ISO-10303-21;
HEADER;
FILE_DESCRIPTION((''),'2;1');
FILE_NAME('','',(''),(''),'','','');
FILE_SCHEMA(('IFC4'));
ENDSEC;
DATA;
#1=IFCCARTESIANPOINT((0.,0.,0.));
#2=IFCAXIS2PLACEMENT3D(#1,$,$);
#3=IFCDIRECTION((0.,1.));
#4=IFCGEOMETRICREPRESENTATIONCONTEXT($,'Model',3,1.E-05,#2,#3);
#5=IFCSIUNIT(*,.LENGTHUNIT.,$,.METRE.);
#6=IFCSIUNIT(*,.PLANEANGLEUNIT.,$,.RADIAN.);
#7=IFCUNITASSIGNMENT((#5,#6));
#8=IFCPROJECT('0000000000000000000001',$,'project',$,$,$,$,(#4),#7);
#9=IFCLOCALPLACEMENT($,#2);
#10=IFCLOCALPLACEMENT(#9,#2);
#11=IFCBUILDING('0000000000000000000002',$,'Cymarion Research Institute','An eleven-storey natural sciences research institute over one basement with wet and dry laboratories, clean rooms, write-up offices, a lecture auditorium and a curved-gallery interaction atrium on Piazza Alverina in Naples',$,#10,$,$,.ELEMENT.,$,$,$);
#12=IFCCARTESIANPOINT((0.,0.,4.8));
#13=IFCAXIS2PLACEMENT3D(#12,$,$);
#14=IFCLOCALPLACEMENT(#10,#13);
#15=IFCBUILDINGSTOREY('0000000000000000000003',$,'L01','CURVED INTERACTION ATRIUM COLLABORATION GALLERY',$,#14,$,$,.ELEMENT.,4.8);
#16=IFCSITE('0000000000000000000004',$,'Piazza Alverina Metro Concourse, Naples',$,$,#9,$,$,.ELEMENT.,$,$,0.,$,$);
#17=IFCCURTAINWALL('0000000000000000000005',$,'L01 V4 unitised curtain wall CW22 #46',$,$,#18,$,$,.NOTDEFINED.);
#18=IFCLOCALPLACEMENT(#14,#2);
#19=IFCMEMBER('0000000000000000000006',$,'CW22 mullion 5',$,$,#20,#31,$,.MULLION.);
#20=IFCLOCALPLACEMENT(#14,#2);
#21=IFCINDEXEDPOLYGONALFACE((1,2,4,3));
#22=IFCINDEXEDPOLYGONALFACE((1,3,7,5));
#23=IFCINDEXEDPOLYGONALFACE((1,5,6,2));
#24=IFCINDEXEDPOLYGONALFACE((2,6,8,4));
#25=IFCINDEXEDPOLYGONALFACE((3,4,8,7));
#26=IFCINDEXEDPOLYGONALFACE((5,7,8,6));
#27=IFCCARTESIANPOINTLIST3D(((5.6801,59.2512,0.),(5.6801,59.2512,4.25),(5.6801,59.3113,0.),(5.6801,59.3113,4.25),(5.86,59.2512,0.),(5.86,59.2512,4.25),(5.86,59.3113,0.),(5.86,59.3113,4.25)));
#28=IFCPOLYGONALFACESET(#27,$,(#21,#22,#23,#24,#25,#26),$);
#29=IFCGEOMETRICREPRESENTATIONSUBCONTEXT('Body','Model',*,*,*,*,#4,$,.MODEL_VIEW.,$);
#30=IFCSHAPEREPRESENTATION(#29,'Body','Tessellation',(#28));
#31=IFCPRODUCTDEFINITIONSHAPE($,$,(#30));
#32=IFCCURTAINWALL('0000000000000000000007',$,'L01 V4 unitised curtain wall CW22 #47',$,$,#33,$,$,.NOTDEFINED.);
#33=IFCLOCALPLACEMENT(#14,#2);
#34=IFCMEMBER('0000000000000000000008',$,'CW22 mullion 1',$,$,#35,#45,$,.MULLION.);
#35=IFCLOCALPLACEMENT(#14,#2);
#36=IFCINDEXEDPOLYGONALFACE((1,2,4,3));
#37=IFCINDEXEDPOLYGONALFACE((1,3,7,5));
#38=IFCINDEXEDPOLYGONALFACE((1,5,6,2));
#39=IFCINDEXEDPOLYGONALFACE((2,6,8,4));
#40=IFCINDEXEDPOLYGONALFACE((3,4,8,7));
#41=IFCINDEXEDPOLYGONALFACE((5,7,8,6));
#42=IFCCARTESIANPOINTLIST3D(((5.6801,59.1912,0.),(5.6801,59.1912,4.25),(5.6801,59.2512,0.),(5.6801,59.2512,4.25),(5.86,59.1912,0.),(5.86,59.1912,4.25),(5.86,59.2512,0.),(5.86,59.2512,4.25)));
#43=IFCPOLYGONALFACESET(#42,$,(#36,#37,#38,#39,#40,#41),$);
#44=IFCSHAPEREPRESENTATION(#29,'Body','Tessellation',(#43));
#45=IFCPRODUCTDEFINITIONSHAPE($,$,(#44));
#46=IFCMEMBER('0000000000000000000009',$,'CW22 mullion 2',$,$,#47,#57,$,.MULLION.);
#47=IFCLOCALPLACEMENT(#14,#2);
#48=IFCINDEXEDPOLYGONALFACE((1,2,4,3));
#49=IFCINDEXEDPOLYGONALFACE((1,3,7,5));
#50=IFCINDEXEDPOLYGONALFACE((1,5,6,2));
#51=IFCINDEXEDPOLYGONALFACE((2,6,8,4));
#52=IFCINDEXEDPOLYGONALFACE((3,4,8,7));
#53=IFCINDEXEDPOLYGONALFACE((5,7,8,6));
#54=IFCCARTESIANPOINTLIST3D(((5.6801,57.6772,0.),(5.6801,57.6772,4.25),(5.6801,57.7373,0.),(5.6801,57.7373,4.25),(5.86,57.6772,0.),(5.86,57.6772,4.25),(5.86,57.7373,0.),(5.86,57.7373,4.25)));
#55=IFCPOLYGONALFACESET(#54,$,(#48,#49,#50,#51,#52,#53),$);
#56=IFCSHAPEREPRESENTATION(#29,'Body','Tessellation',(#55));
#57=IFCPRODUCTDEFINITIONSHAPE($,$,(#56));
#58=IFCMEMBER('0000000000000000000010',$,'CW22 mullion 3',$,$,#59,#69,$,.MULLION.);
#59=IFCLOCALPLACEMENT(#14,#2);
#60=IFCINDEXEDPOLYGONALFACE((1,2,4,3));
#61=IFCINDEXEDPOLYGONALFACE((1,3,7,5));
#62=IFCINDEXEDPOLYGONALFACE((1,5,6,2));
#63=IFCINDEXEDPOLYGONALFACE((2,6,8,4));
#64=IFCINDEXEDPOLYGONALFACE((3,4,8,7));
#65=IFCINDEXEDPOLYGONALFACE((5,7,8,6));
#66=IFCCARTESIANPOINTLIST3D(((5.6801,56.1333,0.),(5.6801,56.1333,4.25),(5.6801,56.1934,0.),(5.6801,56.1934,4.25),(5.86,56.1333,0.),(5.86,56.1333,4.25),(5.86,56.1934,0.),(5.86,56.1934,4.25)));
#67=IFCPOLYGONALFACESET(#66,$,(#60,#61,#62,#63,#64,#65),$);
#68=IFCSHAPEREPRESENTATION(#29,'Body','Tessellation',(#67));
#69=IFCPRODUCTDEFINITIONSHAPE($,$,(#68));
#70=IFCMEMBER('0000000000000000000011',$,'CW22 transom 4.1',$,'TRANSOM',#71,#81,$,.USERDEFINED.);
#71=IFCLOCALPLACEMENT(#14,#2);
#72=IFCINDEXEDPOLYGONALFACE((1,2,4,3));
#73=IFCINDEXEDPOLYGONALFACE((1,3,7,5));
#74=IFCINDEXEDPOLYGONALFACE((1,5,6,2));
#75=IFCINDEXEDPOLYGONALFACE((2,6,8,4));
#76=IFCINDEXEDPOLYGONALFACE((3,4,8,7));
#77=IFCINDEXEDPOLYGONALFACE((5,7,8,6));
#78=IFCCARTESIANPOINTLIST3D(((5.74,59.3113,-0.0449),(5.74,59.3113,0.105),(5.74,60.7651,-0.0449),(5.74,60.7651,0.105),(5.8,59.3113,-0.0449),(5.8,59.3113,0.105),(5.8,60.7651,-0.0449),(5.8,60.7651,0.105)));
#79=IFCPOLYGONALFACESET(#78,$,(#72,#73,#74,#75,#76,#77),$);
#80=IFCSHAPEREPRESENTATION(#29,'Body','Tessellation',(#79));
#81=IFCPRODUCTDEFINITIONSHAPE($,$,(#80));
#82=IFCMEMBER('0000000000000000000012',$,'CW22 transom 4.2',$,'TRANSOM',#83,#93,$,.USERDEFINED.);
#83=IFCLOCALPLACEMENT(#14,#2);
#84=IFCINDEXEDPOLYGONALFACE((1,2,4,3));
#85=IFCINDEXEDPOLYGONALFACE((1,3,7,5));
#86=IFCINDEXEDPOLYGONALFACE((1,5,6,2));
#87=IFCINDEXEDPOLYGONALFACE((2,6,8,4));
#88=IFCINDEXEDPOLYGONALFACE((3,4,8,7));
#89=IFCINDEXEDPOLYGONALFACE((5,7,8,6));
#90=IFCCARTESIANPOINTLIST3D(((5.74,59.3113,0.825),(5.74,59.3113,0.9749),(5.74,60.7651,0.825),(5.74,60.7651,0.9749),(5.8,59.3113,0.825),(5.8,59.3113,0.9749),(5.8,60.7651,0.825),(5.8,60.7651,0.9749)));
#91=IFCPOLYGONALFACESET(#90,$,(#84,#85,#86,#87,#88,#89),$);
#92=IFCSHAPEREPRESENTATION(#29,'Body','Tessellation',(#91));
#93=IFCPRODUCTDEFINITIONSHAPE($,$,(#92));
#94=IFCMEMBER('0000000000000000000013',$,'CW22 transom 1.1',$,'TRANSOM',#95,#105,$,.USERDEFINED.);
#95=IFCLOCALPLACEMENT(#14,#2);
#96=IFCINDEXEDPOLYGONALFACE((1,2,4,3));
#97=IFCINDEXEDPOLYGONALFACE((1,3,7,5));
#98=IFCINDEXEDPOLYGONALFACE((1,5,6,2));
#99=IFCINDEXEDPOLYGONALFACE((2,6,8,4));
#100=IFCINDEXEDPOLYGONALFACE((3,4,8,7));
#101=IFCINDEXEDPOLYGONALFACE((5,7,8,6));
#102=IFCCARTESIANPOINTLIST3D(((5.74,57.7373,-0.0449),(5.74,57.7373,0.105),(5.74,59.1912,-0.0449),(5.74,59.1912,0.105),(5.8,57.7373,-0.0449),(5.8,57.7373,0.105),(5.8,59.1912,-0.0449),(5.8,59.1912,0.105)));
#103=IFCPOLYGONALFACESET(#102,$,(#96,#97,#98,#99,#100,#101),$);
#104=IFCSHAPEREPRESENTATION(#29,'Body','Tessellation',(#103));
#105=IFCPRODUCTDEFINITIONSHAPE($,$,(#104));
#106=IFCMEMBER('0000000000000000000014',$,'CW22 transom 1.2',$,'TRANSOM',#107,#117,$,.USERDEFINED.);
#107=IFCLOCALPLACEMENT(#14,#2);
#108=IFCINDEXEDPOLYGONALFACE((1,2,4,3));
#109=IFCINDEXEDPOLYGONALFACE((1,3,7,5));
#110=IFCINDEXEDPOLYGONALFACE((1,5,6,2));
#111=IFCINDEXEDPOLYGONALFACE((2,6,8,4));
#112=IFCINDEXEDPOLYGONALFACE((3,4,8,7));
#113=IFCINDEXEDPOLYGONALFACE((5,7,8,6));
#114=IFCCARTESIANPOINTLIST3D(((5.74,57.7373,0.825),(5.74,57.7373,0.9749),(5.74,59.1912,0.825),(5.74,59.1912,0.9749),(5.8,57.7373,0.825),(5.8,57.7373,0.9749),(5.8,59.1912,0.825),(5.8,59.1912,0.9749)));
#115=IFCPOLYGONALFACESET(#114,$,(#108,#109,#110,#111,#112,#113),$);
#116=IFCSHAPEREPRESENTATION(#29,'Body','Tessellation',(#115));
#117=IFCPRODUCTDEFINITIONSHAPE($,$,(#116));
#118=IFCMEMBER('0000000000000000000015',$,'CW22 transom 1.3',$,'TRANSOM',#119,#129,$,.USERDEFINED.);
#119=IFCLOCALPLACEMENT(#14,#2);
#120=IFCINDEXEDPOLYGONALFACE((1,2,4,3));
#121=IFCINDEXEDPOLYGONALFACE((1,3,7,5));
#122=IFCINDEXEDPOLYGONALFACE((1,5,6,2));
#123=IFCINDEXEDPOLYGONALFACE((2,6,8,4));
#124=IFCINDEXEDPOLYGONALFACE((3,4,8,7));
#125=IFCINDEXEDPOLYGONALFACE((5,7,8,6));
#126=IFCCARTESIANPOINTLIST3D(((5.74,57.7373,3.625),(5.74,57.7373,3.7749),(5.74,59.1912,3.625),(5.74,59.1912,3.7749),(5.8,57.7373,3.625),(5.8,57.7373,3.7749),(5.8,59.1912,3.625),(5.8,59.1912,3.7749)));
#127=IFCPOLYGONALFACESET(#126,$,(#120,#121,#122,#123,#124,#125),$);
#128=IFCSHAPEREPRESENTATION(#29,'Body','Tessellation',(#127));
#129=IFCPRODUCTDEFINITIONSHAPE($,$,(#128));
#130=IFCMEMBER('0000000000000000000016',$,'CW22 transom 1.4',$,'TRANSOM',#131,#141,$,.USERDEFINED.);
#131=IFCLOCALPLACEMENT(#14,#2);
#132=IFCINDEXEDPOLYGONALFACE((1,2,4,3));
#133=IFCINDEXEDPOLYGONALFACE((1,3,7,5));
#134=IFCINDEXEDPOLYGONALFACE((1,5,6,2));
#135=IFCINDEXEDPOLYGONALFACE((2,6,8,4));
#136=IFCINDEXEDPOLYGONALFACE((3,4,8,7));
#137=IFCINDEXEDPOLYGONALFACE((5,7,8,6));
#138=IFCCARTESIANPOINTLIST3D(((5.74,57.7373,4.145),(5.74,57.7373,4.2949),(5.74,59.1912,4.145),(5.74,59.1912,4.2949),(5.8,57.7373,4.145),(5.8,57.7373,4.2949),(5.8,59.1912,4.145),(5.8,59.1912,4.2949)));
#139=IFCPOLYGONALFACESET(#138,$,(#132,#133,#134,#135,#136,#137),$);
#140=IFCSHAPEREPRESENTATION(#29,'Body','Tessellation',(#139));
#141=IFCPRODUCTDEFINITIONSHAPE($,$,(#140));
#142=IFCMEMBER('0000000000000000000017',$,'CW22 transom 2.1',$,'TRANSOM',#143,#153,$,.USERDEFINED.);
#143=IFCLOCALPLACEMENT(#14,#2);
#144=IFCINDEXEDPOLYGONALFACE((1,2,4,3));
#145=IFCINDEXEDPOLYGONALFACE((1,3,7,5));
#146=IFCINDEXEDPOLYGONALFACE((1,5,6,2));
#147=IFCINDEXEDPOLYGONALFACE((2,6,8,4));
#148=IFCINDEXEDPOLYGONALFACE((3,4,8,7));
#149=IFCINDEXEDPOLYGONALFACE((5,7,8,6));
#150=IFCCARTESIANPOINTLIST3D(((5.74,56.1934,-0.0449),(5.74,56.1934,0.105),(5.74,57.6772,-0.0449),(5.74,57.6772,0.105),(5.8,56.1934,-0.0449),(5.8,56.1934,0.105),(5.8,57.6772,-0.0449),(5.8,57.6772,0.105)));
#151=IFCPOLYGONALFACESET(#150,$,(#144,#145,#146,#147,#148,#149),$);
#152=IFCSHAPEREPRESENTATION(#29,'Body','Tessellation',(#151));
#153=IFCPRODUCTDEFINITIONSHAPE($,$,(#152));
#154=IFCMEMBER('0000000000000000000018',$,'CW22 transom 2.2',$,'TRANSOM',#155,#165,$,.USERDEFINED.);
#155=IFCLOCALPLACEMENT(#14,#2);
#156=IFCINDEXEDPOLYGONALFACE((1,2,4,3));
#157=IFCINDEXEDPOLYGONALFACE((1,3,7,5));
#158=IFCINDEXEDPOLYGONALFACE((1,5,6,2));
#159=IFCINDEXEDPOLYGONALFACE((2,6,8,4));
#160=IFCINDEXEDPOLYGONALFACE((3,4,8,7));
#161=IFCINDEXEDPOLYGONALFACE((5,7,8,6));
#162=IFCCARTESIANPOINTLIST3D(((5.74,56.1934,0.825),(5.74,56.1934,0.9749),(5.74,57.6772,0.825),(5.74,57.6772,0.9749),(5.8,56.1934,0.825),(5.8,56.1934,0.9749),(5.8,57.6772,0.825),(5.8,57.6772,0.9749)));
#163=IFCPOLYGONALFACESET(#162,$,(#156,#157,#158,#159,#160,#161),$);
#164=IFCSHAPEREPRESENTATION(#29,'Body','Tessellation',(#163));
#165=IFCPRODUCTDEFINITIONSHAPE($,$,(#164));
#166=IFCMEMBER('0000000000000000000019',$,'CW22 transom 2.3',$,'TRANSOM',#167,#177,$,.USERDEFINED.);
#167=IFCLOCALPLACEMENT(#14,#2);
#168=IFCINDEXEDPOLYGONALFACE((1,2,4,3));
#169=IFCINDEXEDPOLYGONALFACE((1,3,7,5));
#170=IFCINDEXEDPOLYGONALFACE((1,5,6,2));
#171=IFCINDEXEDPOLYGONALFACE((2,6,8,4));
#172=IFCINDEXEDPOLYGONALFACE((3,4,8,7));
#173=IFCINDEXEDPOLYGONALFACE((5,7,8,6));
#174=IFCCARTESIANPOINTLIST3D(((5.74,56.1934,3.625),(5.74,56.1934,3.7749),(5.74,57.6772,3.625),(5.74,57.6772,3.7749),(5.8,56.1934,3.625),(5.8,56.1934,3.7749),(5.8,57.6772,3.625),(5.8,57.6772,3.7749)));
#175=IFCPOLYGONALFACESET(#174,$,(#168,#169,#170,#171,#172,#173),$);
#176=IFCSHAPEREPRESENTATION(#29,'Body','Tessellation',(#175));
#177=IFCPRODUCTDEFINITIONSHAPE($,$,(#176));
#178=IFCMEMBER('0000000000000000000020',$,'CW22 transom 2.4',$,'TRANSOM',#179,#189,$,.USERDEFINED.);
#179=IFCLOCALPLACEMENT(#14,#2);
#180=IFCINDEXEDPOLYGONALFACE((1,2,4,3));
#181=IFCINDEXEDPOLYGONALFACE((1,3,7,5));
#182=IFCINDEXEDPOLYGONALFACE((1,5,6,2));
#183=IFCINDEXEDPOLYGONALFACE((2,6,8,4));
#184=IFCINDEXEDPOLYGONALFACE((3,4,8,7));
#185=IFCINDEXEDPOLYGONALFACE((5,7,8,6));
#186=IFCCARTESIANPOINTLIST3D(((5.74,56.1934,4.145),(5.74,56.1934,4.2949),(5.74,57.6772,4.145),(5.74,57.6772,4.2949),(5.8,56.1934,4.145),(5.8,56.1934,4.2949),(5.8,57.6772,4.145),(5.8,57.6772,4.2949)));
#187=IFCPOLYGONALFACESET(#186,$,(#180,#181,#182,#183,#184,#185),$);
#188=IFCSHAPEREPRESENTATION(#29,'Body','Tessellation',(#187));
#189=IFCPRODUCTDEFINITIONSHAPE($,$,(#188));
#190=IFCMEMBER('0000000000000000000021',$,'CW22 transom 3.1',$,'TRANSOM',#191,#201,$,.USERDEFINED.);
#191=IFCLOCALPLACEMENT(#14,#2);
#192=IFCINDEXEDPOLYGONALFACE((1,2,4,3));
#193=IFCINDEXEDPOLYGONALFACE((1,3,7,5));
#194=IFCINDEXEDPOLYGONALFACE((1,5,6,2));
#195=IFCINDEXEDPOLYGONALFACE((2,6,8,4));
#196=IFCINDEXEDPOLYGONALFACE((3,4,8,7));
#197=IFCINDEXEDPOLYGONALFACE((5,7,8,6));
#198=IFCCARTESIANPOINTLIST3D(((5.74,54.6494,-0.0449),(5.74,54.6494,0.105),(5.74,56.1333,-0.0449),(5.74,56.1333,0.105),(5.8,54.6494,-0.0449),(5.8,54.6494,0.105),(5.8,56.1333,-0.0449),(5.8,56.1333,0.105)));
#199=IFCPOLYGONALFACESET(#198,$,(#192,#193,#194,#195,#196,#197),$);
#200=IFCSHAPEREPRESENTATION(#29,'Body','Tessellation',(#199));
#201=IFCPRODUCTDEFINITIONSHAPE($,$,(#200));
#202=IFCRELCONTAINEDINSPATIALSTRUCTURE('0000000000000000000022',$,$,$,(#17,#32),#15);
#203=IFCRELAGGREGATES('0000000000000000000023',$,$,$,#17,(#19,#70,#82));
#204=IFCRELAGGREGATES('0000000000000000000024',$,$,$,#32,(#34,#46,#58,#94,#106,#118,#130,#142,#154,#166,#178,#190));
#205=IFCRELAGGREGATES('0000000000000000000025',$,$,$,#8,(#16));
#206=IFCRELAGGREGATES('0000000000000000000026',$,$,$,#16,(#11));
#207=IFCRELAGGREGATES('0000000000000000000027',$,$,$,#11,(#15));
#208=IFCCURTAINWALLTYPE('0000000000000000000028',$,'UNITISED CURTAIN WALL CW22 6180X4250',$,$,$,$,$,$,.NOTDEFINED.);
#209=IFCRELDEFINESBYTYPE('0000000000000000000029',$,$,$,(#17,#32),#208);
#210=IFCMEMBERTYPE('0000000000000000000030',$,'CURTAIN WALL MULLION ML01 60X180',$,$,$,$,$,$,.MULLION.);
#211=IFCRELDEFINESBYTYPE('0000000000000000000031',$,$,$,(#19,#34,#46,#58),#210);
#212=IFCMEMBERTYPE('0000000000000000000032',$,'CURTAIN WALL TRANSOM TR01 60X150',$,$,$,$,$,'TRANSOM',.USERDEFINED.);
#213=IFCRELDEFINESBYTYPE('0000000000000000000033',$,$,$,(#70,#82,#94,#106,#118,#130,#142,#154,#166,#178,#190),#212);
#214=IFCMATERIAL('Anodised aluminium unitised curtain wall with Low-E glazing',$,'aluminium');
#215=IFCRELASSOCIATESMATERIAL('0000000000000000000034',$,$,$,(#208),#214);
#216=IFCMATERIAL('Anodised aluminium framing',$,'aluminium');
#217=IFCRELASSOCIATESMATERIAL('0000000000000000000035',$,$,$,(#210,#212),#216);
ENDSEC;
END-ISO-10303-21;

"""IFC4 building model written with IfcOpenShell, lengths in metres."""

from ifc_helpers import new_model, si_unit, direction, frame, origin, origin_2d, place, context, subcontext, project, spatial, rectangle, extrude, material, material_profile, profile_set, type_object, element, aggregate, save


model = new_model("IFC4")

# Units and contexts
model_context = context("Model", 3, precision=1e-05, world=origin(), true_north=direction((0.0, 1.0)))
body_context = subcontext(model_context, "Body", "Model", "MODEL_VIEW")
ifc_project = project(units=[si_unit("LENGTHUNIT", "METRE"), si_unit("PLANEANGLEUNIT", "RADIAN")], contexts=[model_context])

# Site, building, storey
site_placement = place(None, origin())
site = spatial("IfcSite", under=ifc_project, at=site_placement, Name="Piazza Alverina Metro Concourse, Naples", CompositionType="ELEMENT", RefElevation=0.0)
building_placement = place(site_placement, origin())
building = spatial("IfcBuilding", under=site, at=building_placement, Name="Cymarion Research Institute", Description="An eleven-storey natural sciences research institute over one basement with wet and dry laboratories, clean rooms, write-up offices, a lecture auditorium and a curved-gallery interaction atrium on Piazza Alverina in Naples", CompositionType="ELEMENT")
storey_placement = place(building_placement, frame((0.0, 0.0, 4.8)))
storey = spatial("IfcBuildingStorey", under=building, at=storey_placement, Name="L01", Description="CURVED INTERACTION ATRIUM COLLABORATION GALLERY", CompositionType="ELEMENT", Elevation=4.8)

# Curtain wall, member
ifc_material_1 = material(Name="Anodised aluminium unitised curtain wall with Low-E glazing", Category="aluminium")
curtain_wall_type = type_object("IfcCurtainWallType", Name="UNITISED CURTAIN WALL CW22 6180X4250", PredefinedType="NOTDEFINED", material=ifc_material_1)
curtain_wall_1_placement = place(storey_placement, origin())
curtain_wall_1 = element("IfcCurtainWall", 1, at=curtain_wall_1_placement, inside=storey, type_object=curtain_wall_type, Name="L01 V4 unitised curtain wall CW22 #46", PredefinedType="NOTDEFINED")
ifc_material_2 = material(Name="Anodised aluminium framing", Category="aluminium")
ifc_material_profile_1 = material_profile(ifc_material_2, rectangle(XDim=0.0601, YDim=0.1799, at=origin_2d()), Name="ALU MULLION 60x180")
ifc_profile_set_1 = profile_set([ifc_material_profile_1], Name="Anodised aluminium framing")
member_type_1 = type_object("IfcMemberType", Name="CURTAIN WALL MULLION ML01 60X180", PredefinedType="MULLION", material=ifc_profile_set_1)
member_1_placement = place(storey_placement, frame((5.77, 59.2812, 0.0), z_axis=(0.0, 0.0, 1.0), x_axis=(0.0, -1.0, 0.0)))
member_1 = element("IfcMember", 2, at=member_1_placement, type_object=member_type_1, Name="CW22 mullion 5", PredefinedType="MULLION", context=body_context, shape_type="SweptSolid", body=[
    extrude(rectangle(XDim=0.0601, YDim=0.1799, at=origin_2d()), origin(), (0.0, 0.0, 1.0), 4.25),
])

# Curtain wall, members
curtain_wall_2_placement = place(storey_placement, origin())
curtain_wall_2 = element("IfcCurtainWall", 3, at=curtain_wall_2_placement, inside=storey, type_object=curtain_wall_type, Name="L01 V4 unitised curtain wall CW22 #47", PredefinedType="NOTDEFINED")
member_2_placement = place(storey_placement, frame((5.77, 59.2212, 0.0), z_axis=(0.0, 0.0, 1.0), x_axis=(0.0, -1.0, 0.0)))
member_2 = element("IfcMember", 4, at=member_2_placement, type_object=member_type_1, Name="CW22 mullion 1", PredefinedType="MULLION", context=body_context, shape_type="SweptSolid", body=[
    extrude(rectangle(XDim=0.0601, YDim=0.1799, at=origin_2d()), origin(), (0.0, 0.0, 1.0), 4.25),
])
member_3_placement = place(storey_placement, frame((5.77, 57.7073, 0.0), z_axis=(0.0, 0.0, 1.0), x_axis=(0.0, -1.0, 0.0)))
member_3 = element("IfcMember", 5, at=member_3_placement, type_object=member_type_1, Name="CW22 mullion 2", PredefinedType="MULLION", context=body_context, shape_type="SweptSolid", body=[
    extrude(rectangle(XDim=0.0601, YDim=0.1799, at=origin_2d()), origin(), (0.0, 0.0, 1.0), 4.25),
])
member_4_placement = place(storey_placement, frame((5.77, 56.1633, 0.0), z_axis=(0.0, 0.0, 1.0), x_axis=(0.0, -1.0, 0.0)))
member_4 = element("IfcMember", 6, at=member_4_placement, type_object=member_type_1, Name="CW22 mullion 3", PredefinedType="MULLION", context=body_context, shape_type="SweptSolid", body=[
    extrude(rectangle(XDim=0.0601, YDim=0.1799, at=origin_2d()), origin(), (0.0, 0.0, 1.0), 4.25),
])

# Members
ifc_material_profile_2 = material_profile(ifc_material_2, rectangle(XDim=0.0601, YDim=0.1499, at=origin_2d()), Name="ALU TRANSOM 60x150")
ifc_profile_set_2 = profile_set([ifc_material_profile_2], Name="Anodised aluminium framing")
member_type_2 = type_object("IfcMemberType", Name="CURTAIN WALL TRANSOM TR01 60X150", ElementType="TRANSOM", PredefinedType="USERDEFINED", material=ifc_profile_set_2)
member_5_placement = place(storey_placement, frame((5.77, 60.7651, 0.03), z_axis=(0.0, -1.0, 0.0), x_axis=(1.0, 0.0, 0.0)))
member_5 = element("IfcMember", 7, at=member_5_placement, type_object=member_type_2, Name="CW22 transom 4.1", ObjectType="TRANSOM", PredefinedType="USERDEFINED", context=body_context, shape_type="SweptSolid", body=[
    extrude(rectangle(XDim=0.0601, YDim=0.1499, at=origin_2d()), origin(), (0.0, 0.0, 1.0), 1.4539),
])
member_6_placement = place(storey_placement, frame((5.77, 60.7651, 0.8999), z_axis=(0.0, -1.0, 0.0), x_axis=(1.0, 0.0, 0.0)))
member_6 = element("IfcMember", 8, at=member_6_placement, type_object=member_type_2, Name="CW22 transom 4.2", ObjectType="TRANSOM", PredefinedType="USERDEFINED", context=body_context, shape_type="SweptSolid", body=[
    extrude(rectangle(XDim=0.0601, YDim=0.1499, at=origin_2d()), origin(), (0.0, 0.0, 1.0), 1.4539),
])
member_7_placement = place(storey_placement, frame((5.77, 59.1912, 0.03), z_axis=(0.0, -1.0, 0.0), x_axis=(1.0, 0.0, 0.0)))
member_7 = element("IfcMember", 9, at=member_7_placement, type_object=member_type_2, Name="CW22 transom 1.1", ObjectType="TRANSOM", PredefinedType="USERDEFINED", context=body_context, shape_type="SweptSolid", body=[
    extrude(rectangle(XDim=0.0601, YDim=0.1499, at=origin_2d()), origin(), (0.0, 0.0, 1.0), 1.4539),
])
member_8_placement = place(storey_placement, frame((5.77, 59.1912, 0.8999), z_axis=(0.0, -1.0, 0.0), x_axis=(1.0, 0.0, 0.0)))
member_8 = element("IfcMember", 10, at=member_8_placement, type_object=member_type_2, Name="CW22 transom 1.2", ObjectType="TRANSOM", PredefinedType="USERDEFINED", context=body_context, shape_type="SweptSolid", body=[
    extrude(rectangle(XDim=0.0601, YDim=0.1499, at=origin_2d()), origin(), (0.0, 0.0, 1.0), 1.4539),
])
member_9_placement = place(storey_placement, frame((5.77, 59.1912, 3.7), z_axis=(0.0, -1.0, 0.0), x_axis=(1.0, 0.0, 0.0)))
member_9 = element("IfcMember", 11, at=member_9_placement, type_object=member_type_2, Name="CW22 transom 1.3", ObjectType="TRANSOM", PredefinedType="USERDEFINED", context=body_context, shape_type="SweptSolid", body=[
    extrude(rectangle(XDim=0.0601, YDim=0.1499, at=origin_2d()), origin(), (0.0, 0.0, 1.0), 1.4539),
])
member_10_placement = place(storey_placement, frame((5.77, 59.1912, 4.22), z_axis=(0.0, -1.0, 0.0), x_axis=(1.0, 0.0, 0.0)))
member_10 = element("IfcMember", 12, at=member_10_placement, type_object=member_type_2, Name="CW22 transom 1.4", ObjectType="TRANSOM", PredefinedType="USERDEFINED", context=body_context, shape_type="SweptSolid", body=[
    extrude(rectangle(XDim=0.0601, YDim=0.1499, at=origin_2d()), origin(), (0.0, 0.0, 1.0), 1.4539),
])
member_11_placement = place(storey_placement, frame((5.77, 57.6772, 0.03), z_axis=(0.0, -1.0, 0.0), x_axis=(1.0, 0.0, 0.0)))
member_11 = element("IfcMember", 13, at=member_11_placement, type_object=member_type_2, Name="CW22 transom 2.1", ObjectType="TRANSOM", PredefinedType="USERDEFINED", context=body_context, shape_type="SweptSolid", body=[
    extrude(rectangle(XDim=0.0601, YDim=0.1499, at=origin_2d()), origin(), (0.0, 0.0, 1.0), 1.4839),
])
member_12_placement = place(storey_placement, frame((5.77, 57.6772, 0.8999), z_axis=(0.0, -1.0, 0.0), x_axis=(1.0, 0.0, 0.0)))
member_12 = element("IfcMember", 14, at=member_12_placement, type_object=member_type_2, Name="CW22 transom 2.2", ObjectType="TRANSOM", PredefinedType="USERDEFINED", context=body_context, shape_type="SweptSolid", body=[
    extrude(rectangle(XDim=0.0601, YDim=0.1499, at=origin_2d()), origin(), (0.0, 0.0, 1.0), 1.4839),
])
member_13_placement = place(storey_placement, frame((5.77, 57.6772, 3.7), z_axis=(0.0, -1.0, 0.0), x_axis=(1.0, 0.0, 0.0)))
member_13 = element("IfcMember", 15, at=member_13_placement, type_object=member_type_2, Name="CW22 transom 2.3", ObjectType="TRANSOM", PredefinedType="USERDEFINED", context=body_context, shape_type="SweptSolid", body=[
    extrude(rectangle(XDim=0.0601, YDim=0.1499, at=origin_2d()), origin(), (0.0, 0.0, 1.0), 1.4839),
])
member_14_placement = place(storey_placement, frame((5.77, 57.6772, 4.22), z_axis=(0.0, -1.0, 0.0), x_axis=(1.0, 0.0, 0.0)))
member_14 = element("IfcMember", 16, at=member_14_placement, type_object=member_type_2, Name="CW22 transom 2.4", ObjectType="TRANSOM", PredefinedType="USERDEFINED", context=body_context, shape_type="SweptSolid", body=[
    extrude(rectangle(XDim=0.0601, YDim=0.1499, at=origin_2d()), origin(), (0.0, 0.0, 1.0), 1.4839),
])
member_15_placement = place(storey_placement, frame((5.77, 56.1333, 0.03), z_axis=(0.0, -1.0, 0.0), x_axis=(1.0, 0.0, 0.0)))
member_15 = element("IfcMember", 17, at=member_15_placement, type_object=member_type_2, Name="CW22 transom 3.1", ObjectType="TRANSOM", PredefinedType="USERDEFINED", context=body_context, shape_type="SweptSolid", body=[
    extrude(rectangle(XDim=0.0601, YDim=0.1499, at=origin_2d()), origin(), (0.0, 0.0, 1.0), 1.4839),
])

aggregate(curtain_wall_1, [member_1, member_5, member_6])
aggregate(curtain_wall_2, [member_2, member_3, member_4, member_7, member_8, member_9, member_10, member_11, member_12, member_13, member_14, member_15])

save(model, "model.ifc")
